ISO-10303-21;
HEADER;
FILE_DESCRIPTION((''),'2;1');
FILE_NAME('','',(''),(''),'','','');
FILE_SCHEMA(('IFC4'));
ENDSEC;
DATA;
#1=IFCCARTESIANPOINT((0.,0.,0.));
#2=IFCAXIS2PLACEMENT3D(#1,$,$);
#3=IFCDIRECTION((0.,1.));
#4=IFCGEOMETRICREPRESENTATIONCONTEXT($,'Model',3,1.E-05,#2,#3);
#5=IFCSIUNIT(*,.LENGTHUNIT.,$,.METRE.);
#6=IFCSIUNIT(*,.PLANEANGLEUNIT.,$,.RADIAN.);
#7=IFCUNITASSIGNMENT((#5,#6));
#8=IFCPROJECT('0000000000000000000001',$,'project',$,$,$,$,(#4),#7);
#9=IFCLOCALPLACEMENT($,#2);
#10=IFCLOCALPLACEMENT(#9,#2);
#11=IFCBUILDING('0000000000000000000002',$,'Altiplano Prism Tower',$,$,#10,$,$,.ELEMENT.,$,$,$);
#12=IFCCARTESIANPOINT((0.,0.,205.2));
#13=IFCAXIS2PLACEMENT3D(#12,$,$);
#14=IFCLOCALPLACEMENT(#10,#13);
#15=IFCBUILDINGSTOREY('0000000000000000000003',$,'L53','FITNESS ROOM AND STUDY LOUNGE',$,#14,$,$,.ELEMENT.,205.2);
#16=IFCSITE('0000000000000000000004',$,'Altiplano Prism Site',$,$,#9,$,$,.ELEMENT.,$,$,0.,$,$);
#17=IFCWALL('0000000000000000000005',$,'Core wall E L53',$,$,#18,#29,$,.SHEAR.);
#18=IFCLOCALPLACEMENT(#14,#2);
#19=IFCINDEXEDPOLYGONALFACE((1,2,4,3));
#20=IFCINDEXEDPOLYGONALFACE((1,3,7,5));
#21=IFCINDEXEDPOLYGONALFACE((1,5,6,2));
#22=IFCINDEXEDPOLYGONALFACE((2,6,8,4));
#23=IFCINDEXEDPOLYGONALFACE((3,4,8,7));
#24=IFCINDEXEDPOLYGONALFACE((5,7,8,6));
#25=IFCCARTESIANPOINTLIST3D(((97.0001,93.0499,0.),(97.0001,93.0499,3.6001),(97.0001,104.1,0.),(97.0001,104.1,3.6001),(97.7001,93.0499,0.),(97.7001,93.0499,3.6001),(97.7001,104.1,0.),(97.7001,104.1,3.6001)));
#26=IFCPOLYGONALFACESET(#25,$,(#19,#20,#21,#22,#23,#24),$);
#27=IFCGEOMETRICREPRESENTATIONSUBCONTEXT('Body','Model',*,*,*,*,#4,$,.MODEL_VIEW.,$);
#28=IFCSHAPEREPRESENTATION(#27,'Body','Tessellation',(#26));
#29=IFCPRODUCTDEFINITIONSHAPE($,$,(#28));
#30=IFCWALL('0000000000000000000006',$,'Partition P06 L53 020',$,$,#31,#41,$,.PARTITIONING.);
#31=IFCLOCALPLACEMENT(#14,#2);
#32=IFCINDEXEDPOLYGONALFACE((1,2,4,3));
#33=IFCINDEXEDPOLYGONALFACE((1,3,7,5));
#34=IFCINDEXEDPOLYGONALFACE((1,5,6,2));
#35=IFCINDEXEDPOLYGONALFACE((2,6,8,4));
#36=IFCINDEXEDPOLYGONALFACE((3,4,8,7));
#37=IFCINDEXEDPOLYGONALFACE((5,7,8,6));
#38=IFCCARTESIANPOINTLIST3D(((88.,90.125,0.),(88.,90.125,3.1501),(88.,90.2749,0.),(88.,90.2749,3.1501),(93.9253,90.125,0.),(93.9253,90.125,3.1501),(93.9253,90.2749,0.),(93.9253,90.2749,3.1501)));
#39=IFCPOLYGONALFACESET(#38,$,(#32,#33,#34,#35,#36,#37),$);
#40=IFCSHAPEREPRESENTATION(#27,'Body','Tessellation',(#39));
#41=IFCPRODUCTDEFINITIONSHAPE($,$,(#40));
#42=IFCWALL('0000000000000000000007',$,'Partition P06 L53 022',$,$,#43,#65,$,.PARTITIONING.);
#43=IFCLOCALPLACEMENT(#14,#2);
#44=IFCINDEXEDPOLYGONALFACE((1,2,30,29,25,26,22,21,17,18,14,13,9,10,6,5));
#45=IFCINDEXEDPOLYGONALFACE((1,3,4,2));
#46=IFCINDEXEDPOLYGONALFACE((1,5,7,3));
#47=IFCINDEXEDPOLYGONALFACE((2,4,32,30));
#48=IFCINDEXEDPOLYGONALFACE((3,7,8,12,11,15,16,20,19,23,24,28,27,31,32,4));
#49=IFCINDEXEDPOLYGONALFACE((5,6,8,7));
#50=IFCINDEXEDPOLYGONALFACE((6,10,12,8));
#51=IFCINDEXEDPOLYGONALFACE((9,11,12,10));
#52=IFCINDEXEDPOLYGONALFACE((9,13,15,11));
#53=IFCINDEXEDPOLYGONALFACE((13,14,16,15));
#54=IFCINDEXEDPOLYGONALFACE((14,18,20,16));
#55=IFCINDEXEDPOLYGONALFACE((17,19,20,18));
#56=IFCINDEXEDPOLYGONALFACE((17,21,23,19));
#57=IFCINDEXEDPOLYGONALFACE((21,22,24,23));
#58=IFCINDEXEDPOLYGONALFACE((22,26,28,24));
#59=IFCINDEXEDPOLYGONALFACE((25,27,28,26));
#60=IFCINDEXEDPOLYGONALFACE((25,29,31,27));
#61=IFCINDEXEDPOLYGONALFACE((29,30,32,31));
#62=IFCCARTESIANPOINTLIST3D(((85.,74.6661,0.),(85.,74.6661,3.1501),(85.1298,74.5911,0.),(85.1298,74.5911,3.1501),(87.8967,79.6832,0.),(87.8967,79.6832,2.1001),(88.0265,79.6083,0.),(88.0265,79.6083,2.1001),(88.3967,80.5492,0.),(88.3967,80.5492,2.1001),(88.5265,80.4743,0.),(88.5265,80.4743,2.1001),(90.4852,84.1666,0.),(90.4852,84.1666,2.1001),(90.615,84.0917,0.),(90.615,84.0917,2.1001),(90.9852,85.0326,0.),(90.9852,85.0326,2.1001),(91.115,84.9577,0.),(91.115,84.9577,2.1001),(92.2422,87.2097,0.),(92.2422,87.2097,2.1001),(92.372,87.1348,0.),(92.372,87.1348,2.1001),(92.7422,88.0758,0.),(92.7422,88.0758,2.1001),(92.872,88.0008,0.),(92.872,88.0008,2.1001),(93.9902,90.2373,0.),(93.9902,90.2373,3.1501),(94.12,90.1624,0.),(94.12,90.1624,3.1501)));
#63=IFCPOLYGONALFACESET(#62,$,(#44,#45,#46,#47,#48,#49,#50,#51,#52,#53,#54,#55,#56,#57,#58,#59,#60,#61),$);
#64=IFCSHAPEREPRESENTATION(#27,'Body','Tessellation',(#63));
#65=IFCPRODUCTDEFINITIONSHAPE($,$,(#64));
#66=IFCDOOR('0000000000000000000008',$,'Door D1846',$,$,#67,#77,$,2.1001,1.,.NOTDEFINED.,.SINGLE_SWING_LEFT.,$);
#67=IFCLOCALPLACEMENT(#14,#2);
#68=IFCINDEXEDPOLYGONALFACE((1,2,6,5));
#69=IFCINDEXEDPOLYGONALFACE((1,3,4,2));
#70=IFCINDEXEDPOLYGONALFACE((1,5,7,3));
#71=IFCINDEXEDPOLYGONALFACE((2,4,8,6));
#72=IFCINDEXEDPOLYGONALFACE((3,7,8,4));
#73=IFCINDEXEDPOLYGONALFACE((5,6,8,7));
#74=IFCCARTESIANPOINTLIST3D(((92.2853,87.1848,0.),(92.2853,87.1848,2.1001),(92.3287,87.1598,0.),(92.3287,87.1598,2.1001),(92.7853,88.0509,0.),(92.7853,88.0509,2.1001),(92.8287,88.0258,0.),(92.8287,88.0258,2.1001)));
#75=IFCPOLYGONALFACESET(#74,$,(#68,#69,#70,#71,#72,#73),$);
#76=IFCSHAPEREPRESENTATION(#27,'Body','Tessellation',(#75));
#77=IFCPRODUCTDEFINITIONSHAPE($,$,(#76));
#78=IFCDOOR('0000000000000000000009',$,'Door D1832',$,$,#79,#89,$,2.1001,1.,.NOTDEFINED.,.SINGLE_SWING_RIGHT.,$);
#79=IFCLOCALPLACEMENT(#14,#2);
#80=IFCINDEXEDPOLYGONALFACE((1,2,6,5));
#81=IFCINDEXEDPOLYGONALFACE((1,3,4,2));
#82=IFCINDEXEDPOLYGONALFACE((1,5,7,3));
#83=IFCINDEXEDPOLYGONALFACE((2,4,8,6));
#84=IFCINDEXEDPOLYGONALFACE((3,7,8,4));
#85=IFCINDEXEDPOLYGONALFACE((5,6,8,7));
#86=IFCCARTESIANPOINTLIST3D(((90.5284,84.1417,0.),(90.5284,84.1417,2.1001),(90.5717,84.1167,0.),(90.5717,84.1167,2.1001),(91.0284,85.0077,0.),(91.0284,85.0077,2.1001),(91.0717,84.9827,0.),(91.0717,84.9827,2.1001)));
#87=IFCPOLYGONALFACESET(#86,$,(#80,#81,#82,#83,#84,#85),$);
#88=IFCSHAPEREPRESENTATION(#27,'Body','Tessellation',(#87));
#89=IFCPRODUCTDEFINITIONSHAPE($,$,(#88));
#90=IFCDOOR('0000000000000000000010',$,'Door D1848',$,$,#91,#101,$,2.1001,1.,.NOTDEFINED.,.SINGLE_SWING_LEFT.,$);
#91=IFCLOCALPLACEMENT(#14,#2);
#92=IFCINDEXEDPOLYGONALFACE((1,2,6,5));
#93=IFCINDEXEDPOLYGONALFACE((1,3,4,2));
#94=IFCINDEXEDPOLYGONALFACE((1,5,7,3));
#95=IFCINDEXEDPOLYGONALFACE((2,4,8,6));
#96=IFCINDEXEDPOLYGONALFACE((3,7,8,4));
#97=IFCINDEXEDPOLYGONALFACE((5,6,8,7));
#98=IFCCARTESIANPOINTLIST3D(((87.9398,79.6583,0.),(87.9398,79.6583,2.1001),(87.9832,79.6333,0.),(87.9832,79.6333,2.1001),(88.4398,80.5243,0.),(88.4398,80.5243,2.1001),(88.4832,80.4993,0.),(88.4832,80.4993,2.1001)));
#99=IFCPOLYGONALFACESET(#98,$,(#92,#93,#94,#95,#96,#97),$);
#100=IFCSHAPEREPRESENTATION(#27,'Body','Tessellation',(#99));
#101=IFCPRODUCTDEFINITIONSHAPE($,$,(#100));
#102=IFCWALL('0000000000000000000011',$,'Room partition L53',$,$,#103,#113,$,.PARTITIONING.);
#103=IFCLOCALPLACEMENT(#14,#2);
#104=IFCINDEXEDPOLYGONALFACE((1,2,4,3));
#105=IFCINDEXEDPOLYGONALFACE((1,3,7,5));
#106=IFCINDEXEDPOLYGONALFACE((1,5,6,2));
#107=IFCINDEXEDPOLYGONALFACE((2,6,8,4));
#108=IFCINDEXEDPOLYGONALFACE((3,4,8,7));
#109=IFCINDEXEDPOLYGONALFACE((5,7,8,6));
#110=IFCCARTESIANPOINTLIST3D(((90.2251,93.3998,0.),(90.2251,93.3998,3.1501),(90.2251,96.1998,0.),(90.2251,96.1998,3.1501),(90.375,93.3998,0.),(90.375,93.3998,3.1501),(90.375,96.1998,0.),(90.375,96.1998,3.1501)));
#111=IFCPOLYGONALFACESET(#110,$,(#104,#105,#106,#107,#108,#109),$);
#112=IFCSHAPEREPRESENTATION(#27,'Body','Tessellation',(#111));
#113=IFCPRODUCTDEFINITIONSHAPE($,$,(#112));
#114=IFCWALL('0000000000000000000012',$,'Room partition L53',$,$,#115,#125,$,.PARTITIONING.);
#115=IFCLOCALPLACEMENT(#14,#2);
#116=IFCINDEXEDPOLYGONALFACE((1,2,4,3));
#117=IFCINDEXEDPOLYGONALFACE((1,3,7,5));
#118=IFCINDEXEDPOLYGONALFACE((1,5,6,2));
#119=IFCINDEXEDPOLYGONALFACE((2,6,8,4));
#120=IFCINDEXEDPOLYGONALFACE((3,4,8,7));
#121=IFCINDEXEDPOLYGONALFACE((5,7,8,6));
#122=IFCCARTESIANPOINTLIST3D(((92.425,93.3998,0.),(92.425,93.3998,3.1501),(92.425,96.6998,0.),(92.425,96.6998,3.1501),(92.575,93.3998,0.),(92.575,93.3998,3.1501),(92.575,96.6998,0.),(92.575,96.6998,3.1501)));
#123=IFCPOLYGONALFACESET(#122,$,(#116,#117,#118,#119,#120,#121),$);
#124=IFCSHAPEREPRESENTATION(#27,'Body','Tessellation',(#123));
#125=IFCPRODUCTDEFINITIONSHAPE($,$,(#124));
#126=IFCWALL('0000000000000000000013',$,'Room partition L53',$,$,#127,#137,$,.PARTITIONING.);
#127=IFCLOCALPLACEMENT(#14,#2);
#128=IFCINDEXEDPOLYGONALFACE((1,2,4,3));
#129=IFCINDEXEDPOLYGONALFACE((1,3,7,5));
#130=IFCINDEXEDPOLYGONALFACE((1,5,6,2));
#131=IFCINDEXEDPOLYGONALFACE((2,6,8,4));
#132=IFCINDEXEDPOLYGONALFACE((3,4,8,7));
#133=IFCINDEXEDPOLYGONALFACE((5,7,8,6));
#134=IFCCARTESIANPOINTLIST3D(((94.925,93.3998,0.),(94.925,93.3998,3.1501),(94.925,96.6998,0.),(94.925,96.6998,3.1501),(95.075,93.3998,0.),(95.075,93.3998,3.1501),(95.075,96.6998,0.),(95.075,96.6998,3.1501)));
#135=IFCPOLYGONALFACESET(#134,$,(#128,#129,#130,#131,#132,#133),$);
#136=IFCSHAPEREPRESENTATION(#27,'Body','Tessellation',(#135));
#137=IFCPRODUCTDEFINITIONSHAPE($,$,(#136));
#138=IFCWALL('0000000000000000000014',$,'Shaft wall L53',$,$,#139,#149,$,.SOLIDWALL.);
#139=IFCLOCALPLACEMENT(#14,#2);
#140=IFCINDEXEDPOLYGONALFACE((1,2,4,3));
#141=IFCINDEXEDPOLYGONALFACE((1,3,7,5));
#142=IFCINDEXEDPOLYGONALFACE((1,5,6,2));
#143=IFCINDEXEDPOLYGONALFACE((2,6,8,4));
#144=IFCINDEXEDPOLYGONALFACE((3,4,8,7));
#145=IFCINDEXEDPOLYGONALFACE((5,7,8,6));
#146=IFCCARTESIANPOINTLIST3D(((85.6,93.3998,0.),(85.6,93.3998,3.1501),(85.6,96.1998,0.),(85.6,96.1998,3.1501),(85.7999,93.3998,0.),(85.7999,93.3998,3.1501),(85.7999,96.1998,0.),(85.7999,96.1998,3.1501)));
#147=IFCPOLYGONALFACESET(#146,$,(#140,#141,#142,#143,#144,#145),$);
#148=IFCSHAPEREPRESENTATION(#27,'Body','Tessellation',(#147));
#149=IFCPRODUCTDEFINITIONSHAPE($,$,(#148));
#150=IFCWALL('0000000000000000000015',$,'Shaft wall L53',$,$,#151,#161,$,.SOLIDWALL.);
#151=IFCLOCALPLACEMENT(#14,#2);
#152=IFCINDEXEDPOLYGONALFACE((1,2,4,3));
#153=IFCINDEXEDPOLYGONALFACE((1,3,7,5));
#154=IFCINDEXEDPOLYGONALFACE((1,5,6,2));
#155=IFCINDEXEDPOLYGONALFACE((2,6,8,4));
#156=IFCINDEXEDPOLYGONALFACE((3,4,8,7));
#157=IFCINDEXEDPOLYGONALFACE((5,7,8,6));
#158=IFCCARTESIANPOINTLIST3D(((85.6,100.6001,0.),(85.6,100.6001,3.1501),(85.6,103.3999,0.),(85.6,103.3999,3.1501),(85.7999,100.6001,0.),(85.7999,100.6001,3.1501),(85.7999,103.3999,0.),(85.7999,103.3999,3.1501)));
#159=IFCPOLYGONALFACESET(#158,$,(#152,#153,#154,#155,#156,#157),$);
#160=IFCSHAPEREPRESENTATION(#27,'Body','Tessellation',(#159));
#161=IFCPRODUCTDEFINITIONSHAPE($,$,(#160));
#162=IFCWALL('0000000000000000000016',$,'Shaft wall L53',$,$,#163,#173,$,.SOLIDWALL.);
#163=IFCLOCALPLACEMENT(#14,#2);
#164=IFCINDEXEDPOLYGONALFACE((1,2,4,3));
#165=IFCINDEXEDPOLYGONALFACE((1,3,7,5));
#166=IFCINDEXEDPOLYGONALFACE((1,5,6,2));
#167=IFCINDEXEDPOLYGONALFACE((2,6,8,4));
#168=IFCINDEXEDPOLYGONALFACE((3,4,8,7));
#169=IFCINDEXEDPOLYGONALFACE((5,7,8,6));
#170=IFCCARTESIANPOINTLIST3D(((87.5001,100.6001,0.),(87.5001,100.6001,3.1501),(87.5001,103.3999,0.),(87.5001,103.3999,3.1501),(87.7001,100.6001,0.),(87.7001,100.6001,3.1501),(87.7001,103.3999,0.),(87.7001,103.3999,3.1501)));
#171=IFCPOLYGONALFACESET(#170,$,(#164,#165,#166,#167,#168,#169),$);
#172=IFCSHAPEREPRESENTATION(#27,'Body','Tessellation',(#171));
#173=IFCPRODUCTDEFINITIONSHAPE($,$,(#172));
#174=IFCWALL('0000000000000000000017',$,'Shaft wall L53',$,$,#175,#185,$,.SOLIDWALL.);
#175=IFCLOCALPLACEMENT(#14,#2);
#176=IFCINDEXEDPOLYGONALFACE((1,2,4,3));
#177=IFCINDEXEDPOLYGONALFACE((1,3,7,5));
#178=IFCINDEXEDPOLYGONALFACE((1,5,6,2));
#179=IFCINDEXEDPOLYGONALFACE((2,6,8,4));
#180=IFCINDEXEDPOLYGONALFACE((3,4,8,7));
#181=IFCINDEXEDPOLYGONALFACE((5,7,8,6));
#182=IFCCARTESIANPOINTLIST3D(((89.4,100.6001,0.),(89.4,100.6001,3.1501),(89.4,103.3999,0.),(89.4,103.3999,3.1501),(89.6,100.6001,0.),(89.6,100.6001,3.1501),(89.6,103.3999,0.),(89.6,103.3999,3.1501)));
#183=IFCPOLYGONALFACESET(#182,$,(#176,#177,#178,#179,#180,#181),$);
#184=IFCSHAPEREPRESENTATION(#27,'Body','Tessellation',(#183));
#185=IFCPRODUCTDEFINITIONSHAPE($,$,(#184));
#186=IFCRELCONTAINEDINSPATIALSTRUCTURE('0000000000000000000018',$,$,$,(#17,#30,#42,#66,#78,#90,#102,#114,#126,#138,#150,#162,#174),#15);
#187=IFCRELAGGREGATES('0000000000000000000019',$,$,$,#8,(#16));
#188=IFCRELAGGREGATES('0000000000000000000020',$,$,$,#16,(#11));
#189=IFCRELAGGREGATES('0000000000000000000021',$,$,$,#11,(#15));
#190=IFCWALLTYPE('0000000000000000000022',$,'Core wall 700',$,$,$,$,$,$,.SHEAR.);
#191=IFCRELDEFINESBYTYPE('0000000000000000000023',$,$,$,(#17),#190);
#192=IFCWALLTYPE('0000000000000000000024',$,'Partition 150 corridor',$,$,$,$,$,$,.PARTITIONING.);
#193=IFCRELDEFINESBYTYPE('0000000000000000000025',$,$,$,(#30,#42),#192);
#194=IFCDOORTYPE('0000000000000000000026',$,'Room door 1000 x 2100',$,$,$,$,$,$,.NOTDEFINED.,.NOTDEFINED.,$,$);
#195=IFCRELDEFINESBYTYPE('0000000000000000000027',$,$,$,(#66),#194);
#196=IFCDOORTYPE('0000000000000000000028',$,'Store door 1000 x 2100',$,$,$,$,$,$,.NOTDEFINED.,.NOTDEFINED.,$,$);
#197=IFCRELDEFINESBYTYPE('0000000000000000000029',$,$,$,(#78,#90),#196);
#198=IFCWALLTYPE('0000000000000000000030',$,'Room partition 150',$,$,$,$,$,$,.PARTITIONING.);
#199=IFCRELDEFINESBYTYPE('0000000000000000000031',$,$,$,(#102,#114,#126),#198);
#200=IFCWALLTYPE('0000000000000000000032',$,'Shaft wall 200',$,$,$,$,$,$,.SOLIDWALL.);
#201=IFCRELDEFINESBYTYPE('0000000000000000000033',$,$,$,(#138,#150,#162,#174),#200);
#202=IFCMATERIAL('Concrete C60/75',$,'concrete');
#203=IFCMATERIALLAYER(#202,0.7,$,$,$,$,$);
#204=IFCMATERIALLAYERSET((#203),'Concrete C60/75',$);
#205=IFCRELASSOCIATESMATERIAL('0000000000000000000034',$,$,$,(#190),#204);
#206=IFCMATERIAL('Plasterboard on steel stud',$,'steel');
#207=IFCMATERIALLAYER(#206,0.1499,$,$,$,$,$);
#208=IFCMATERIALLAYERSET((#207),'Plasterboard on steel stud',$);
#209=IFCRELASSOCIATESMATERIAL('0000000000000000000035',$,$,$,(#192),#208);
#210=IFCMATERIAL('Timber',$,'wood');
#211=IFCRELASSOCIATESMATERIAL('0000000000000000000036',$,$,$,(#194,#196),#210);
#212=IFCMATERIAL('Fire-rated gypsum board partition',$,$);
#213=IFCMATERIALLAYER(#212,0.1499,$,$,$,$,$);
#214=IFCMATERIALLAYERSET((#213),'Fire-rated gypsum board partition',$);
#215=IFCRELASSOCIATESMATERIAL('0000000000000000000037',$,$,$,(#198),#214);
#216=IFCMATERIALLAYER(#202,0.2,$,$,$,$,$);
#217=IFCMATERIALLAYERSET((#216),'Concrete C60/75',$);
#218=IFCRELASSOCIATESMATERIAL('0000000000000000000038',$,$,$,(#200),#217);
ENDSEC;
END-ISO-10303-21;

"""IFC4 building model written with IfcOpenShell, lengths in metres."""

from ifc_helpers import new_model, si_unit, direction, frame, frame_2d, origin, place, context, subcontext, project, spatial, rectangle, extrude, material, layer, layer_set, type_object, element, fill, save


model = new_model("IFC4")

# Units and contexts
model_context = context("Model", 3, precision=1e-05, world=origin(), true_north=direction((0.0, 1.0)))
body_context = subcontext(model_context, "Body", "Model", "MODEL_VIEW")
ifc_project = project(units=[si_unit("LENGTHUNIT", "METRE"), si_unit("PLANEANGLEUNIT", "RADIAN")], contexts=[model_context])

# Site, building, storey
site_placement = place(None, origin())
site = spatial("IfcSite", under=ifc_project, at=site_placement, Name="Altiplano Prism Site", CompositionType="ELEMENT", RefElevation=0.0)
building_placement = place(site_placement, origin())
building = spatial("IfcBuilding", under=site, at=building_placement, Name="Altiplano Prism Tower", CompositionType="ELEMENT")
storey_placement = place(building_placement, frame((0.0, 0.0, 205.2)))
storey = spatial("IfcBuildingStorey", under=building, at=storey_placement, Name="L53", Description="FITNESS ROOM AND STUDY LOUNGE", CompositionType="ELEMENT", Elevation=205.2)

# Walls
ifc_material_1 = material(Name="Concrete C60/75", Category="concrete")
ifc_layer_1 = layer(ifc_material_1, 0.7)
ifc_layer_set_1 = layer_set([ifc_layer_1], Name="Concrete C60/75")
wall_type_1 = type_object("IfcWallType", Name="Core wall 700", PredefinedType="SHEAR", material=ifc_layer_set_1)
wall_1_placement = place(storey_placement, frame((97.3501, 93.05, 0.0), z_axis=(0.0, 0.0, 1.0), x_axis=(0.0, 1.0, 0.0)))
element("IfcWall", 1, at=wall_1_placement, inside=storey, type_object=wall_type_1, Name="Core wall E L53", PredefinedType="SHEAR", context=body_context, shape_type="SweptSolid", body=[
    extrude(rectangle(XDim=11.05, YDim=0.7, at=frame_2d((5.5249, 0.0))), origin(), (0.0, 0.0, 1.0), 3.6001),
])
ifc_material_2 = material(Name="Plasterboard on steel stud", Category="steel")
ifc_layer_2 = layer(ifc_material_2, 0.1499)
ifc_layer_set_2 = layer_set([ifc_layer_2], Name="Plasterboard on steel stud")
wall_type_2 = type_object("IfcWallType", Name="Partition 150 corridor", PredefinedType="PARTITIONING", material=ifc_layer_set_2)
wall_2_placement = place(storey_placement, frame((88.0, 90.2, 0.0), z_axis=(0.0, 0.0, 1.0), x_axis=(1.0, 0.0, 0.0)))
element("IfcWall", 2, at=wall_2_placement, inside=storey, type_object=wall_type_2, Name="Partition P06 L53 020", PredefinedType="PARTITIONING", context=body_context, shape_type="SweptSolid", body=[
    extrude(rectangle(XDim=5.9253, YDim=0.1499, at=frame_2d((2.9626, 0.0))), origin(), (0.0, 0.0, 1.0), 3.1501),
])

# Wall, openings, doors
wall_3_placement = place(storey_placement, frame((94.0552, 90.2, 0.0), z_axis=(0.0, 0.0, 1.0), x_axis=(-0.500006, -0.866022, 0.0)))
wall_3 = element("IfcWall", 3, at=wall_3_placement, inside=storey, type_object=wall_type_2, Name="Partition P06 L53 022", PredefinedType="PARTITIONING", context=body_context, shape_type="SweptSolid", body=[
    extrude(rectangle(XDim=17.9802, YDim=0.1499, at=frame_2d((8.9902, 0.0))), origin(), (0.0, 0.0, 1.0), 3.1501),
])
opening_1_placement = place(wall_3_placement, frame((6.01, 0.0, 0.0)))
opening_1 = element("IfcOpeningElement", 4, at=opening_1_placement, cuts=wall_3, PredefinedType="OPENING", context=body_context, shape_type="SweptSolid", body=[
    extrude(rectangle(XDim=1.0, YDim=2.1001, at=frame_2d((0.5, 1.05))), frame((0.0, 0.0854, 0.0), z_axis=(0.0, -1.0, 0.0), x_axis=(1.0, 0.0, 0.0)), (0.0, 0.0, 1.0), 0.1709),
])
opening_2_placement = place(wall_3_placement, frame((2.4961, 0.0, 0.0)))
opening_2 = element("IfcOpeningElement", 5, at=opening_2_placement, cuts=wall_3, PredefinedType="OPENING", context=body_context, shape_type="SweptSolid", body=[
    extrude(rectangle(XDim=1.0, YDim=2.1001, at=frame_2d((0.5, 1.05))), frame((0.0, 0.0854, 0.0), z_axis=(0.0, -1.0, 0.0), x_axis=(1.0, 0.0, 0.0)), (0.0, 0.0, 1.0), 0.1709),
])
opening_3_placement = place(wall_3_placement, frame((11.187, 0.0, 0.0)))
opening_3 = element("IfcOpeningElement", 6, at=opening_3_placement, cuts=wall_3, PredefinedType="OPENING", context=body_context, shape_type="SweptSolid", body=[
    extrude(rectangle(XDim=1.0, YDim=2.1001, at=frame_2d((0.5, 1.05))), frame((0.0, 0.0854, 0.0), z_axis=(0.0, -1.0, 0.0), x_axis=(1.0, 0.0, 0.0)), (0.0, 0.0, 1.0), 0.1709),
])
ifc_material_3 = material(Name="Timber", Category="wood")
door_type_1 = type_object("IfcDoorType", Name="Room door 1000 x 2100", OperationType="NOTDEFINED", PredefinedType="NOTDEFINED", material=ifc_material_3)
door_1_placement = place(opening_2_placement, origin())
door_1 = element("IfcDoor", 7, at=door_1_placement, inside=storey, type_object=door_type_1, Name="Door D1846", OperationType="SINGLE_SWING_LEFT", OverallHeight=2.1001, OverallWidth=1.0, PredefinedType="NOTDEFINED", context=body_context, shape_type="SweptSolid", body=[
    extrude(rectangle(XDim=1.0, YDim=2.1001, at=frame_2d((0.5, 1.05))), frame((0.0, 0.0249, 0.0), z_axis=(0.0, -1.0, 0.0), x_axis=(1.0, 0.0, 0.0)), (0.0, 0.0, 1.0), 0.05),
])
fill(opening_2, door_1)
door_type_2 = type_object("IfcDoorType", Name="Store door 1000 x 2100", OperationType="NOTDEFINED", PredefinedType="NOTDEFINED", material=ifc_material_3)
door_2_placement = place(opening_1_placement, origin())
door_2 = element("IfcDoor", 8, at=door_2_placement, inside=storey, type_object=door_type_2, Name="Door D1832", OperationType="SINGLE_SWING_RIGHT", OverallHeight=2.1001, OverallWidth=1.0, PredefinedType="NOTDEFINED", context=body_context, shape_type="SweptSolid", body=[
    extrude(rectangle(XDim=1.0, YDim=2.1001, at=frame_2d((0.5, 1.05))), frame((0.0, 0.0249, 0.0), z_axis=(0.0, -1.0, 0.0), x_axis=(1.0, 0.0, 0.0)), (0.0, 0.0, 1.0), 0.05),
])
fill(opening_1, door_2)
door_3_placement = place(opening_3_placement, origin())
door_3 = element("IfcDoor", 9, at=door_3_placement, inside=storey, type_object=door_type_2, Name="Door D1848", OperationType="SINGLE_SWING_LEFT", OverallHeight=2.1001, OverallWidth=1.0, PredefinedType="NOTDEFINED", context=body_context, shape_type="SweptSolid", body=[
    extrude(rectangle(XDim=1.0, YDim=2.1001, at=frame_2d((0.5, 1.05))), frame((0.0, 0.0249, 0.0), z_axis=(0.0, -1.0, 0.0), x_axis=(1.0, 0.0, 0.0)), (0.0, 0.0, 1.0), 0.05),
])
fill(opening_3, door_3)

# Walls
ifc_material_4 = material(Name="Fire-rated gypsum board partition")
ifc_layer_3 = layer(ifc_material_4, 0.1499)
ifc_layer_set_3 = layer_set([ifc_layer_3], Name="Fire-rated gypsum board partition")
wall_type_3 = type_object("IfcWallType", Name="Room partition 150", PredefinedType="PARTITIONING", material=ifc_layer_set_3)
wall_4_placement = place(storey_placement, frame((90.3, 93.3999, 0.0), z_axis=(0.0, 0.0, 1.0), x_axis=(0.0, 1.0, 0.0)))
element("IfcWall", 10, at=wall_4_placement, inside=storey, type_object=wall_type_3, Name="Room partition L53", PredefinedType="PARTITIONING", context=body_context, shape_type="SweptSolid", body=[
    extrude(rectangle(XDim=2.8, YDim=0.1499, at=frame_2d((1.3999, 0.0))), origin(), (0.0, 0.0, 1.0), 3.1501),
])
for number, where, z_axis, x_axis, name in (
    (11, (92.5, 93.3999, 0.0), (0.0, 0.0, 1.0), (0.0, 1.0, 0.0), "Room partition L53"),
    (12, (95.0, 93.3999, 0.0), (0.0, 0.0, 1.0), (0.0, 1.0, 0.0), "Room partition L53"),
):
    element("IfcWall", number, at=place(storey_placement, frame(where, z_axis=z_axis, x_axis=x_axis)), inside=storey, type_object=wall_type_3, Name=name, PredefinedType="PARTITIONING", context=body_context, shape_type="SweptSolid", body=[
        extrude(rectangle(XDim=3.3, YDim=0.1499, at=frame_2d((1.6499, 0.0))), origin(), (0.0, 0.0, 1.0), 3.1501),
    ])
ifc_layer_4 = layer(ifc_material_1, 0.2)
ifc_layer_set_4 = layer_set([ifc_layer_4], Name="Concrete C60/75")
wall_type_4 = type_object("IfcWallType", Name="Shaft wall 200", PredefinedType="SOLIDWALL", material=ifc_layer_set_4)
wall_5_placement = place(storey_placement, frame((85.7, 93.3999, 0.0), z_axis=(0.0, 0.0, 1.0), x_axis=(0.0, 1.0, 0.0)))
element("IfcWall", 13, at=wall_5_placement, inside=storey, type_object=wall_type_4, Name="Shaft wall L53", PredefinedType="SOLIDWALL", context=body_context, shape_type="SweptSolid", body=[
    extrude(rectangle(XDim=2.8, YDim=0.2, at=frame_2d((1.3999, 0.0))), origin(), (0.0, 0.0, 1.0), 3.1501),
])
for number, where, z_axis, x_axis, name in (
    (14, (85.7, 100.6001, 0.0), (0.0, 0.0, 1.0), (0.0, 1.0, 0.0), "Shaft wall L53"),
    (15, (87.6001, 100.6001, 0.0), (0.0, 0.0, 1.0), (0.0, 1.0, 0.0), "Shaft wall L53"),
    (16, (89.5, 100.6001, 0.0), (0.0, 0.0, 1.0), (0.0, 1.0, 0.0), "Shaft wall L53"),
):
    element("IfcWall", number, at=place(storey_placement, frame(where, z_axis=z_axis, x_axis=x_axis)), inside=storey, type_object=wall_type_4, Name=name, PredefinedType="SOLIDWALL", context=body_context, shape_type="SweptSolid", body=[
        extrude(rectangle(XDim=2.7998, YDim=0.2, at=frame_2d((1.3999, 0.0))), origin(), (0.0, 0.0, 1.0), 3.1501),
    ])

save(model, "model.ifc")
